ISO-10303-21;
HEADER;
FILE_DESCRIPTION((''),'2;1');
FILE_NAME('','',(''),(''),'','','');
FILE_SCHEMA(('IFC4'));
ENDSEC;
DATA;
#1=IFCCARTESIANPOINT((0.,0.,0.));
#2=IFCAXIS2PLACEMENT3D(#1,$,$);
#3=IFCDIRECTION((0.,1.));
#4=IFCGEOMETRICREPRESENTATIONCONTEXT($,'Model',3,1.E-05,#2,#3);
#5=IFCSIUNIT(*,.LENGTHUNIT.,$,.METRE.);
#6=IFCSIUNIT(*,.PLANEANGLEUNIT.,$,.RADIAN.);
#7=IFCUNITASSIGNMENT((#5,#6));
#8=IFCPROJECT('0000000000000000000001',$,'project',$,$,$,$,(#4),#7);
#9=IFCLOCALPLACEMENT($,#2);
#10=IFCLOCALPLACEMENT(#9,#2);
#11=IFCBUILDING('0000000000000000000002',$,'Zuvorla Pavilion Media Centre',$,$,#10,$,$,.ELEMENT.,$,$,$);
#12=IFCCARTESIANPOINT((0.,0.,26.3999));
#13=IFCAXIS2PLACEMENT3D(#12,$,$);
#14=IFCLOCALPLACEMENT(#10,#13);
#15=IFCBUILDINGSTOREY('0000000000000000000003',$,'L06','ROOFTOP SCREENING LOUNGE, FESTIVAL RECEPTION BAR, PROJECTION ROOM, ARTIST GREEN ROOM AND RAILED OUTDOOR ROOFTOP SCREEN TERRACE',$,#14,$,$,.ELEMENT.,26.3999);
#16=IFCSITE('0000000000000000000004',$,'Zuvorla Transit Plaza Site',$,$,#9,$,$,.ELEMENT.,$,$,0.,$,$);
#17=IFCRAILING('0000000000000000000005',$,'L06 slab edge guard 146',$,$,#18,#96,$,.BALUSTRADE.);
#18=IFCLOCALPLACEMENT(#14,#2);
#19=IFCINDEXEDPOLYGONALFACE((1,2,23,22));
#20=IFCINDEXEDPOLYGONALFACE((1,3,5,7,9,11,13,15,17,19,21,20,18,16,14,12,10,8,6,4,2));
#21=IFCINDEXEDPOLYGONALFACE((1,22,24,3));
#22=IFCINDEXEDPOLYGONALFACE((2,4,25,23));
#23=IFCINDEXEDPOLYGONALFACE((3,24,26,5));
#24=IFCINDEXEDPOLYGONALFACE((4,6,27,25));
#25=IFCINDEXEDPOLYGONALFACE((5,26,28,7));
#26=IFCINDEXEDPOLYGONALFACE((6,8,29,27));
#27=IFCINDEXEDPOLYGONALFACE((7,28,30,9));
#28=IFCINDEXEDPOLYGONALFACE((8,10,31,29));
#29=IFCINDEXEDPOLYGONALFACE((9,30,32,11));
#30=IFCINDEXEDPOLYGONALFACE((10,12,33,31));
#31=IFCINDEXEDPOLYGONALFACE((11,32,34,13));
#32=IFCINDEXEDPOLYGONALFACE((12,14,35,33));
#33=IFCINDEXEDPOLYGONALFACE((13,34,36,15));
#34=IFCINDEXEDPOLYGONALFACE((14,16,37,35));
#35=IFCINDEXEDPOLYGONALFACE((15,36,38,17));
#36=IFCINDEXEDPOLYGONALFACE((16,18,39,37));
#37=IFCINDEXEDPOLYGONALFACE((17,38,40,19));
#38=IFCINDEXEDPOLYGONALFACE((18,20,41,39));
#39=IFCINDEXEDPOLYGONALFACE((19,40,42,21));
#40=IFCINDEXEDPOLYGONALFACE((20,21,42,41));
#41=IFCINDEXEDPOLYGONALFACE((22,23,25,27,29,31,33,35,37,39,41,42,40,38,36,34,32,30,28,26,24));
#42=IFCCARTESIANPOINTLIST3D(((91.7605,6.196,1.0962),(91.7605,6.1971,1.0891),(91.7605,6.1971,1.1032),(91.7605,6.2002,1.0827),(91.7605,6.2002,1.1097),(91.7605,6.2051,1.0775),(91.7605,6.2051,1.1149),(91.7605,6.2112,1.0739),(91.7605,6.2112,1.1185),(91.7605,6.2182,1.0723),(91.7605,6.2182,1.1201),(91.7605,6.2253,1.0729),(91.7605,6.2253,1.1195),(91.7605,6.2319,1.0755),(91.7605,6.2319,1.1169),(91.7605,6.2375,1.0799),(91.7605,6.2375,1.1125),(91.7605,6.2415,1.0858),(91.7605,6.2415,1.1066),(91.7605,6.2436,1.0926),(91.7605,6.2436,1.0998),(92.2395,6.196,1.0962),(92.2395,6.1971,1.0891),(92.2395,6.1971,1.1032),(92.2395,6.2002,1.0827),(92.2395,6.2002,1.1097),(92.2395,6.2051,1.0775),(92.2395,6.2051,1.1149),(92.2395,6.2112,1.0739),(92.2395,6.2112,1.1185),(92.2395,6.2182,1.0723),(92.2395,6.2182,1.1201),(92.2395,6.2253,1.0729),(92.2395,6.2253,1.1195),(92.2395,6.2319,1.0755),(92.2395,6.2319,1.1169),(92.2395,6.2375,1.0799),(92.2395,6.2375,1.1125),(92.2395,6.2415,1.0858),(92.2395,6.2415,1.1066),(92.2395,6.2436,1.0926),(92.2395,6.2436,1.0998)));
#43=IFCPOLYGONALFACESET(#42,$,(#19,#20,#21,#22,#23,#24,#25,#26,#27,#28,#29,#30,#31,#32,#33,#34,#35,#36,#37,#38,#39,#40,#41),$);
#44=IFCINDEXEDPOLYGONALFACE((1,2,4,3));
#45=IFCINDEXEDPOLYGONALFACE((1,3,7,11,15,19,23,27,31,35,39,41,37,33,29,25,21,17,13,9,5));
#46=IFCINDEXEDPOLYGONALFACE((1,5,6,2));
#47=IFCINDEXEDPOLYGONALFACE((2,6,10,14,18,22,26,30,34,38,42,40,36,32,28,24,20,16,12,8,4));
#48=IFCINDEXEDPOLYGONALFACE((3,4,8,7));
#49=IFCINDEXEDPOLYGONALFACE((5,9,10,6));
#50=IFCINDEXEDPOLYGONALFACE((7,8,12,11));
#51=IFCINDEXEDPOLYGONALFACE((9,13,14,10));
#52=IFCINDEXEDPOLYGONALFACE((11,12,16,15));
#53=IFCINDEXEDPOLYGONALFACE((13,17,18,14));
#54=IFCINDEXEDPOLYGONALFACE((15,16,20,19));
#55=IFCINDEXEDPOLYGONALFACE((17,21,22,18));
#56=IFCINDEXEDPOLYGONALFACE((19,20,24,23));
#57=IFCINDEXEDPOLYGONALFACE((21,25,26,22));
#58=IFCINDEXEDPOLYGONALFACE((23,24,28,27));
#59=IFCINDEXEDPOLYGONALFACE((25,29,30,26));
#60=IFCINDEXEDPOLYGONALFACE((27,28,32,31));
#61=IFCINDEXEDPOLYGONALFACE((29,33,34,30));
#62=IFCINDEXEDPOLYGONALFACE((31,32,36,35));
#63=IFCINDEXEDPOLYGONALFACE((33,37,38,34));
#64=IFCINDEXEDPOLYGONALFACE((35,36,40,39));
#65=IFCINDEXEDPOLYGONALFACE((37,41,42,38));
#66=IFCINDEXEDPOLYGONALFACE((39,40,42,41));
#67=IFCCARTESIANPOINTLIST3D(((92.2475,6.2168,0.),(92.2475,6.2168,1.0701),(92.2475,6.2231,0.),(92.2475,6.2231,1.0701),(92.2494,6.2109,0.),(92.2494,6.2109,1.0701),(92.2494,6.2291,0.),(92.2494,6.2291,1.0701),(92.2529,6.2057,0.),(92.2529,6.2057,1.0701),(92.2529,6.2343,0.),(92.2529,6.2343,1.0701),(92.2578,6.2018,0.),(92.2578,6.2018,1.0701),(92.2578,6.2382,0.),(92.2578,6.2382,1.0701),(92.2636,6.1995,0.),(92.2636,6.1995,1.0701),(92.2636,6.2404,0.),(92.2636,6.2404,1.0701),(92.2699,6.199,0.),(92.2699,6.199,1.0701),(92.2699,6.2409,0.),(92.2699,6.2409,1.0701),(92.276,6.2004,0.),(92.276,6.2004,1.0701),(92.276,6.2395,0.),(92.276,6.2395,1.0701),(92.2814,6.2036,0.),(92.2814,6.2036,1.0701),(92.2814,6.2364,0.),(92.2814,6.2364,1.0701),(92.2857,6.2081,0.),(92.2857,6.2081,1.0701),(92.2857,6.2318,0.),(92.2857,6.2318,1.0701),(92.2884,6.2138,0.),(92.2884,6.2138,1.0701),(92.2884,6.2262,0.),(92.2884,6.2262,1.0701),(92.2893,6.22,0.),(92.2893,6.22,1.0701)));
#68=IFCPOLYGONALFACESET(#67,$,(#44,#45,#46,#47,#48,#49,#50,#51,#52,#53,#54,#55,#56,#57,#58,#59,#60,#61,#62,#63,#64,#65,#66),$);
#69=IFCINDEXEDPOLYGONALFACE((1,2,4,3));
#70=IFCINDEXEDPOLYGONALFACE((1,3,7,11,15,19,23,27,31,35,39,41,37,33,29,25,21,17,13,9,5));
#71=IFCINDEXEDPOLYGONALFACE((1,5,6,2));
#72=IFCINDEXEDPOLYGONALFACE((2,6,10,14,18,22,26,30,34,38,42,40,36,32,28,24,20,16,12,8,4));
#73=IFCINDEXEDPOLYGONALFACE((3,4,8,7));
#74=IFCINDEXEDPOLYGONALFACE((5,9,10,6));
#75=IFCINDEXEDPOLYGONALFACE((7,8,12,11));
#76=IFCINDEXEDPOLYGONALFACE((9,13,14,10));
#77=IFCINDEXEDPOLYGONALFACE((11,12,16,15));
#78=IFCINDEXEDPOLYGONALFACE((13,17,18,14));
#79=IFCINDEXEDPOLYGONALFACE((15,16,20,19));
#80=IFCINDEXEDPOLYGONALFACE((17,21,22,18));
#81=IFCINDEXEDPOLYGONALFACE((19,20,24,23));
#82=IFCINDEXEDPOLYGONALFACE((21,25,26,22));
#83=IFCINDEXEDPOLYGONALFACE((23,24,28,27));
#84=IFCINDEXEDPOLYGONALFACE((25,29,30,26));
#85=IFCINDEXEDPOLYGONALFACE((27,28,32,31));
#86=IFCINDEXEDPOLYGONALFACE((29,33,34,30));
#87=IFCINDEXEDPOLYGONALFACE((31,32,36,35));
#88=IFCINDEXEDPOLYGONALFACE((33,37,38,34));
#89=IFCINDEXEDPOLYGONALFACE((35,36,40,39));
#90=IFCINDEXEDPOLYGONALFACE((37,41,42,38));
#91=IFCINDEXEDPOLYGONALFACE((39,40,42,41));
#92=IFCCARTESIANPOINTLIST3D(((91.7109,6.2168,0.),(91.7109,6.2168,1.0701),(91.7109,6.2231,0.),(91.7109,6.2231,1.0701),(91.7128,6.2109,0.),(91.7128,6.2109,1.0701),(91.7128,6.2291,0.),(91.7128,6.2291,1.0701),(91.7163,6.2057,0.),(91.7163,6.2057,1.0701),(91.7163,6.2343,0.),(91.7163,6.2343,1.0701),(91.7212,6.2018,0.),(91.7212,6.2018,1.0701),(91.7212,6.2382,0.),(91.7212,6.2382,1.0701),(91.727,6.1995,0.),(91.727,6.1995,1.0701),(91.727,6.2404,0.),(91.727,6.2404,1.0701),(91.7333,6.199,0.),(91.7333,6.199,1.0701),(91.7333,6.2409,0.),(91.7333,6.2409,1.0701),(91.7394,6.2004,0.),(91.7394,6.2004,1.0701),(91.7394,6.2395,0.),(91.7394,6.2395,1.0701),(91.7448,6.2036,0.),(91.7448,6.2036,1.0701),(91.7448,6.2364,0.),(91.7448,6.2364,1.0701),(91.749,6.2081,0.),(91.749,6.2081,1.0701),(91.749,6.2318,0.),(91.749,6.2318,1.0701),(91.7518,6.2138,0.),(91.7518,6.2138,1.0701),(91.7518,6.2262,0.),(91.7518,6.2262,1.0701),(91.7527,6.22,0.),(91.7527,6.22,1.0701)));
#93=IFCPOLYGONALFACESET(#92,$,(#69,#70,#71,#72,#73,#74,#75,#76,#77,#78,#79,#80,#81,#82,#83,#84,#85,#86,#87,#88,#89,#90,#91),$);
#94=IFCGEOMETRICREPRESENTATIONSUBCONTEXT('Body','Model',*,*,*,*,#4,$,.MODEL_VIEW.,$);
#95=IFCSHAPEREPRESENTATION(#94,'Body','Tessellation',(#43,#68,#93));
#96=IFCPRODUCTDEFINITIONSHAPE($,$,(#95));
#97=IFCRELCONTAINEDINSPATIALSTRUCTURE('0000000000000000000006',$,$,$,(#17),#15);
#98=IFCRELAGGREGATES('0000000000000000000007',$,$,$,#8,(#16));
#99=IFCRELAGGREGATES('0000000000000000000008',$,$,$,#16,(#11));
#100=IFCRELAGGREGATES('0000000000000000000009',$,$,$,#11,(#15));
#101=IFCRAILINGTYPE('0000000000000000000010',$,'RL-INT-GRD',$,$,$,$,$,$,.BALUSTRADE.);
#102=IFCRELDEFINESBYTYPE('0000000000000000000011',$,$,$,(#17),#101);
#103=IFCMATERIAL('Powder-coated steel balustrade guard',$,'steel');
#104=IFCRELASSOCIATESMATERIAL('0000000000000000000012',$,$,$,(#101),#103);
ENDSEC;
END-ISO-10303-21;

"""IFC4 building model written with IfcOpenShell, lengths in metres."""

from ifc_helpers import new_model, si_unit, direction, frame, origin, origin_2d, place, context, subcontext, project, spatial, circle, extrude, material, type_object, element, save


model = new_model("IFC4")

# Units and contexts
model_context = context("Model", 3, precision=1e-05, world=origin(), true_north=direction((0.0, 1.0)))
body_context = subcontext(model_context, "Body", "Model", "MODEL_VIEW")
ifc_project = project(units=[si_unit("LENGTHUNIT", "METRE"), si_unit("PLANEANGLEUNIT", "RADIAN")], contexts=[model_context])

# Site, building, storey
site_placement = place(None, origin())
site = spatial("IfcSite", under=ifc_project, at=site_placement, Name="Zuvorla Transit Plaza Site", CompositionType="ELEMENT", RefElevation=0.0)
building_placement = place(site_placement, origin())
building = spatial("IfcBuilding", under=site, at=building_placement, Name="Zuvorla Pavilion Media Centre", CompositionType="ELEMENT")
storey_placement = place(building_placement, frame((0.0, 0.0, 26.3999)))
storey = spatial("IfcBuildingStorey", under=building, at=storey_placement, Name="L06", Description="ROOFTOP SCREENING LOUNGE, FESTIVAL RECEPTION BAR, PROJECTION ROOM, ARTIST GREEN ROOM AND RAILED OUTDOOR ROOFTOP SCREEN TERRACE", CompositionType="ELEMENT", Elevation=26.3999)

# Railing
ifc_material_1 = material(Name="Powder-coated steel balustrade guard", Category="steel")
railing_type = type_object("IfcRailingType", Name="RL-INT-GRD", PredefinedType="BALUSTRADE", material=ifc_material_1)
railing_1_placement = place(storey_placement, frame((92.2683, 6.22, 0.0)))
element("IfcRailing", 1, at=railing_1_placement, inside=storey, type_object=railing_type, Name="L06 slab edge guard 146", PredefinedType="BALUSTRADE", context=body_context, shape_type="SweptSolid", body=[
    extrude(circle(Radius=0.0239, at=origin_2d()), frame((-0.0288, 0.0, 1.0962), z_axis=(-1.0, 0.0, 0.0), x_axis=(0.0, -1.0, 0.0)), (0.0, 0.0, 1.0), 0.479),
    extrude(circle(Radius=0.021, at=origin_2d()), origin(), (0.0, 0.0, 1.0), 1.0701),
    extrude(circle(Radius=0.021, at=origin_2d()), frame((-0.5366, 0.0, 0.0)), (0.0, 0.0, 1.0), 1.0701),
])

save(model, "model.ifc")
